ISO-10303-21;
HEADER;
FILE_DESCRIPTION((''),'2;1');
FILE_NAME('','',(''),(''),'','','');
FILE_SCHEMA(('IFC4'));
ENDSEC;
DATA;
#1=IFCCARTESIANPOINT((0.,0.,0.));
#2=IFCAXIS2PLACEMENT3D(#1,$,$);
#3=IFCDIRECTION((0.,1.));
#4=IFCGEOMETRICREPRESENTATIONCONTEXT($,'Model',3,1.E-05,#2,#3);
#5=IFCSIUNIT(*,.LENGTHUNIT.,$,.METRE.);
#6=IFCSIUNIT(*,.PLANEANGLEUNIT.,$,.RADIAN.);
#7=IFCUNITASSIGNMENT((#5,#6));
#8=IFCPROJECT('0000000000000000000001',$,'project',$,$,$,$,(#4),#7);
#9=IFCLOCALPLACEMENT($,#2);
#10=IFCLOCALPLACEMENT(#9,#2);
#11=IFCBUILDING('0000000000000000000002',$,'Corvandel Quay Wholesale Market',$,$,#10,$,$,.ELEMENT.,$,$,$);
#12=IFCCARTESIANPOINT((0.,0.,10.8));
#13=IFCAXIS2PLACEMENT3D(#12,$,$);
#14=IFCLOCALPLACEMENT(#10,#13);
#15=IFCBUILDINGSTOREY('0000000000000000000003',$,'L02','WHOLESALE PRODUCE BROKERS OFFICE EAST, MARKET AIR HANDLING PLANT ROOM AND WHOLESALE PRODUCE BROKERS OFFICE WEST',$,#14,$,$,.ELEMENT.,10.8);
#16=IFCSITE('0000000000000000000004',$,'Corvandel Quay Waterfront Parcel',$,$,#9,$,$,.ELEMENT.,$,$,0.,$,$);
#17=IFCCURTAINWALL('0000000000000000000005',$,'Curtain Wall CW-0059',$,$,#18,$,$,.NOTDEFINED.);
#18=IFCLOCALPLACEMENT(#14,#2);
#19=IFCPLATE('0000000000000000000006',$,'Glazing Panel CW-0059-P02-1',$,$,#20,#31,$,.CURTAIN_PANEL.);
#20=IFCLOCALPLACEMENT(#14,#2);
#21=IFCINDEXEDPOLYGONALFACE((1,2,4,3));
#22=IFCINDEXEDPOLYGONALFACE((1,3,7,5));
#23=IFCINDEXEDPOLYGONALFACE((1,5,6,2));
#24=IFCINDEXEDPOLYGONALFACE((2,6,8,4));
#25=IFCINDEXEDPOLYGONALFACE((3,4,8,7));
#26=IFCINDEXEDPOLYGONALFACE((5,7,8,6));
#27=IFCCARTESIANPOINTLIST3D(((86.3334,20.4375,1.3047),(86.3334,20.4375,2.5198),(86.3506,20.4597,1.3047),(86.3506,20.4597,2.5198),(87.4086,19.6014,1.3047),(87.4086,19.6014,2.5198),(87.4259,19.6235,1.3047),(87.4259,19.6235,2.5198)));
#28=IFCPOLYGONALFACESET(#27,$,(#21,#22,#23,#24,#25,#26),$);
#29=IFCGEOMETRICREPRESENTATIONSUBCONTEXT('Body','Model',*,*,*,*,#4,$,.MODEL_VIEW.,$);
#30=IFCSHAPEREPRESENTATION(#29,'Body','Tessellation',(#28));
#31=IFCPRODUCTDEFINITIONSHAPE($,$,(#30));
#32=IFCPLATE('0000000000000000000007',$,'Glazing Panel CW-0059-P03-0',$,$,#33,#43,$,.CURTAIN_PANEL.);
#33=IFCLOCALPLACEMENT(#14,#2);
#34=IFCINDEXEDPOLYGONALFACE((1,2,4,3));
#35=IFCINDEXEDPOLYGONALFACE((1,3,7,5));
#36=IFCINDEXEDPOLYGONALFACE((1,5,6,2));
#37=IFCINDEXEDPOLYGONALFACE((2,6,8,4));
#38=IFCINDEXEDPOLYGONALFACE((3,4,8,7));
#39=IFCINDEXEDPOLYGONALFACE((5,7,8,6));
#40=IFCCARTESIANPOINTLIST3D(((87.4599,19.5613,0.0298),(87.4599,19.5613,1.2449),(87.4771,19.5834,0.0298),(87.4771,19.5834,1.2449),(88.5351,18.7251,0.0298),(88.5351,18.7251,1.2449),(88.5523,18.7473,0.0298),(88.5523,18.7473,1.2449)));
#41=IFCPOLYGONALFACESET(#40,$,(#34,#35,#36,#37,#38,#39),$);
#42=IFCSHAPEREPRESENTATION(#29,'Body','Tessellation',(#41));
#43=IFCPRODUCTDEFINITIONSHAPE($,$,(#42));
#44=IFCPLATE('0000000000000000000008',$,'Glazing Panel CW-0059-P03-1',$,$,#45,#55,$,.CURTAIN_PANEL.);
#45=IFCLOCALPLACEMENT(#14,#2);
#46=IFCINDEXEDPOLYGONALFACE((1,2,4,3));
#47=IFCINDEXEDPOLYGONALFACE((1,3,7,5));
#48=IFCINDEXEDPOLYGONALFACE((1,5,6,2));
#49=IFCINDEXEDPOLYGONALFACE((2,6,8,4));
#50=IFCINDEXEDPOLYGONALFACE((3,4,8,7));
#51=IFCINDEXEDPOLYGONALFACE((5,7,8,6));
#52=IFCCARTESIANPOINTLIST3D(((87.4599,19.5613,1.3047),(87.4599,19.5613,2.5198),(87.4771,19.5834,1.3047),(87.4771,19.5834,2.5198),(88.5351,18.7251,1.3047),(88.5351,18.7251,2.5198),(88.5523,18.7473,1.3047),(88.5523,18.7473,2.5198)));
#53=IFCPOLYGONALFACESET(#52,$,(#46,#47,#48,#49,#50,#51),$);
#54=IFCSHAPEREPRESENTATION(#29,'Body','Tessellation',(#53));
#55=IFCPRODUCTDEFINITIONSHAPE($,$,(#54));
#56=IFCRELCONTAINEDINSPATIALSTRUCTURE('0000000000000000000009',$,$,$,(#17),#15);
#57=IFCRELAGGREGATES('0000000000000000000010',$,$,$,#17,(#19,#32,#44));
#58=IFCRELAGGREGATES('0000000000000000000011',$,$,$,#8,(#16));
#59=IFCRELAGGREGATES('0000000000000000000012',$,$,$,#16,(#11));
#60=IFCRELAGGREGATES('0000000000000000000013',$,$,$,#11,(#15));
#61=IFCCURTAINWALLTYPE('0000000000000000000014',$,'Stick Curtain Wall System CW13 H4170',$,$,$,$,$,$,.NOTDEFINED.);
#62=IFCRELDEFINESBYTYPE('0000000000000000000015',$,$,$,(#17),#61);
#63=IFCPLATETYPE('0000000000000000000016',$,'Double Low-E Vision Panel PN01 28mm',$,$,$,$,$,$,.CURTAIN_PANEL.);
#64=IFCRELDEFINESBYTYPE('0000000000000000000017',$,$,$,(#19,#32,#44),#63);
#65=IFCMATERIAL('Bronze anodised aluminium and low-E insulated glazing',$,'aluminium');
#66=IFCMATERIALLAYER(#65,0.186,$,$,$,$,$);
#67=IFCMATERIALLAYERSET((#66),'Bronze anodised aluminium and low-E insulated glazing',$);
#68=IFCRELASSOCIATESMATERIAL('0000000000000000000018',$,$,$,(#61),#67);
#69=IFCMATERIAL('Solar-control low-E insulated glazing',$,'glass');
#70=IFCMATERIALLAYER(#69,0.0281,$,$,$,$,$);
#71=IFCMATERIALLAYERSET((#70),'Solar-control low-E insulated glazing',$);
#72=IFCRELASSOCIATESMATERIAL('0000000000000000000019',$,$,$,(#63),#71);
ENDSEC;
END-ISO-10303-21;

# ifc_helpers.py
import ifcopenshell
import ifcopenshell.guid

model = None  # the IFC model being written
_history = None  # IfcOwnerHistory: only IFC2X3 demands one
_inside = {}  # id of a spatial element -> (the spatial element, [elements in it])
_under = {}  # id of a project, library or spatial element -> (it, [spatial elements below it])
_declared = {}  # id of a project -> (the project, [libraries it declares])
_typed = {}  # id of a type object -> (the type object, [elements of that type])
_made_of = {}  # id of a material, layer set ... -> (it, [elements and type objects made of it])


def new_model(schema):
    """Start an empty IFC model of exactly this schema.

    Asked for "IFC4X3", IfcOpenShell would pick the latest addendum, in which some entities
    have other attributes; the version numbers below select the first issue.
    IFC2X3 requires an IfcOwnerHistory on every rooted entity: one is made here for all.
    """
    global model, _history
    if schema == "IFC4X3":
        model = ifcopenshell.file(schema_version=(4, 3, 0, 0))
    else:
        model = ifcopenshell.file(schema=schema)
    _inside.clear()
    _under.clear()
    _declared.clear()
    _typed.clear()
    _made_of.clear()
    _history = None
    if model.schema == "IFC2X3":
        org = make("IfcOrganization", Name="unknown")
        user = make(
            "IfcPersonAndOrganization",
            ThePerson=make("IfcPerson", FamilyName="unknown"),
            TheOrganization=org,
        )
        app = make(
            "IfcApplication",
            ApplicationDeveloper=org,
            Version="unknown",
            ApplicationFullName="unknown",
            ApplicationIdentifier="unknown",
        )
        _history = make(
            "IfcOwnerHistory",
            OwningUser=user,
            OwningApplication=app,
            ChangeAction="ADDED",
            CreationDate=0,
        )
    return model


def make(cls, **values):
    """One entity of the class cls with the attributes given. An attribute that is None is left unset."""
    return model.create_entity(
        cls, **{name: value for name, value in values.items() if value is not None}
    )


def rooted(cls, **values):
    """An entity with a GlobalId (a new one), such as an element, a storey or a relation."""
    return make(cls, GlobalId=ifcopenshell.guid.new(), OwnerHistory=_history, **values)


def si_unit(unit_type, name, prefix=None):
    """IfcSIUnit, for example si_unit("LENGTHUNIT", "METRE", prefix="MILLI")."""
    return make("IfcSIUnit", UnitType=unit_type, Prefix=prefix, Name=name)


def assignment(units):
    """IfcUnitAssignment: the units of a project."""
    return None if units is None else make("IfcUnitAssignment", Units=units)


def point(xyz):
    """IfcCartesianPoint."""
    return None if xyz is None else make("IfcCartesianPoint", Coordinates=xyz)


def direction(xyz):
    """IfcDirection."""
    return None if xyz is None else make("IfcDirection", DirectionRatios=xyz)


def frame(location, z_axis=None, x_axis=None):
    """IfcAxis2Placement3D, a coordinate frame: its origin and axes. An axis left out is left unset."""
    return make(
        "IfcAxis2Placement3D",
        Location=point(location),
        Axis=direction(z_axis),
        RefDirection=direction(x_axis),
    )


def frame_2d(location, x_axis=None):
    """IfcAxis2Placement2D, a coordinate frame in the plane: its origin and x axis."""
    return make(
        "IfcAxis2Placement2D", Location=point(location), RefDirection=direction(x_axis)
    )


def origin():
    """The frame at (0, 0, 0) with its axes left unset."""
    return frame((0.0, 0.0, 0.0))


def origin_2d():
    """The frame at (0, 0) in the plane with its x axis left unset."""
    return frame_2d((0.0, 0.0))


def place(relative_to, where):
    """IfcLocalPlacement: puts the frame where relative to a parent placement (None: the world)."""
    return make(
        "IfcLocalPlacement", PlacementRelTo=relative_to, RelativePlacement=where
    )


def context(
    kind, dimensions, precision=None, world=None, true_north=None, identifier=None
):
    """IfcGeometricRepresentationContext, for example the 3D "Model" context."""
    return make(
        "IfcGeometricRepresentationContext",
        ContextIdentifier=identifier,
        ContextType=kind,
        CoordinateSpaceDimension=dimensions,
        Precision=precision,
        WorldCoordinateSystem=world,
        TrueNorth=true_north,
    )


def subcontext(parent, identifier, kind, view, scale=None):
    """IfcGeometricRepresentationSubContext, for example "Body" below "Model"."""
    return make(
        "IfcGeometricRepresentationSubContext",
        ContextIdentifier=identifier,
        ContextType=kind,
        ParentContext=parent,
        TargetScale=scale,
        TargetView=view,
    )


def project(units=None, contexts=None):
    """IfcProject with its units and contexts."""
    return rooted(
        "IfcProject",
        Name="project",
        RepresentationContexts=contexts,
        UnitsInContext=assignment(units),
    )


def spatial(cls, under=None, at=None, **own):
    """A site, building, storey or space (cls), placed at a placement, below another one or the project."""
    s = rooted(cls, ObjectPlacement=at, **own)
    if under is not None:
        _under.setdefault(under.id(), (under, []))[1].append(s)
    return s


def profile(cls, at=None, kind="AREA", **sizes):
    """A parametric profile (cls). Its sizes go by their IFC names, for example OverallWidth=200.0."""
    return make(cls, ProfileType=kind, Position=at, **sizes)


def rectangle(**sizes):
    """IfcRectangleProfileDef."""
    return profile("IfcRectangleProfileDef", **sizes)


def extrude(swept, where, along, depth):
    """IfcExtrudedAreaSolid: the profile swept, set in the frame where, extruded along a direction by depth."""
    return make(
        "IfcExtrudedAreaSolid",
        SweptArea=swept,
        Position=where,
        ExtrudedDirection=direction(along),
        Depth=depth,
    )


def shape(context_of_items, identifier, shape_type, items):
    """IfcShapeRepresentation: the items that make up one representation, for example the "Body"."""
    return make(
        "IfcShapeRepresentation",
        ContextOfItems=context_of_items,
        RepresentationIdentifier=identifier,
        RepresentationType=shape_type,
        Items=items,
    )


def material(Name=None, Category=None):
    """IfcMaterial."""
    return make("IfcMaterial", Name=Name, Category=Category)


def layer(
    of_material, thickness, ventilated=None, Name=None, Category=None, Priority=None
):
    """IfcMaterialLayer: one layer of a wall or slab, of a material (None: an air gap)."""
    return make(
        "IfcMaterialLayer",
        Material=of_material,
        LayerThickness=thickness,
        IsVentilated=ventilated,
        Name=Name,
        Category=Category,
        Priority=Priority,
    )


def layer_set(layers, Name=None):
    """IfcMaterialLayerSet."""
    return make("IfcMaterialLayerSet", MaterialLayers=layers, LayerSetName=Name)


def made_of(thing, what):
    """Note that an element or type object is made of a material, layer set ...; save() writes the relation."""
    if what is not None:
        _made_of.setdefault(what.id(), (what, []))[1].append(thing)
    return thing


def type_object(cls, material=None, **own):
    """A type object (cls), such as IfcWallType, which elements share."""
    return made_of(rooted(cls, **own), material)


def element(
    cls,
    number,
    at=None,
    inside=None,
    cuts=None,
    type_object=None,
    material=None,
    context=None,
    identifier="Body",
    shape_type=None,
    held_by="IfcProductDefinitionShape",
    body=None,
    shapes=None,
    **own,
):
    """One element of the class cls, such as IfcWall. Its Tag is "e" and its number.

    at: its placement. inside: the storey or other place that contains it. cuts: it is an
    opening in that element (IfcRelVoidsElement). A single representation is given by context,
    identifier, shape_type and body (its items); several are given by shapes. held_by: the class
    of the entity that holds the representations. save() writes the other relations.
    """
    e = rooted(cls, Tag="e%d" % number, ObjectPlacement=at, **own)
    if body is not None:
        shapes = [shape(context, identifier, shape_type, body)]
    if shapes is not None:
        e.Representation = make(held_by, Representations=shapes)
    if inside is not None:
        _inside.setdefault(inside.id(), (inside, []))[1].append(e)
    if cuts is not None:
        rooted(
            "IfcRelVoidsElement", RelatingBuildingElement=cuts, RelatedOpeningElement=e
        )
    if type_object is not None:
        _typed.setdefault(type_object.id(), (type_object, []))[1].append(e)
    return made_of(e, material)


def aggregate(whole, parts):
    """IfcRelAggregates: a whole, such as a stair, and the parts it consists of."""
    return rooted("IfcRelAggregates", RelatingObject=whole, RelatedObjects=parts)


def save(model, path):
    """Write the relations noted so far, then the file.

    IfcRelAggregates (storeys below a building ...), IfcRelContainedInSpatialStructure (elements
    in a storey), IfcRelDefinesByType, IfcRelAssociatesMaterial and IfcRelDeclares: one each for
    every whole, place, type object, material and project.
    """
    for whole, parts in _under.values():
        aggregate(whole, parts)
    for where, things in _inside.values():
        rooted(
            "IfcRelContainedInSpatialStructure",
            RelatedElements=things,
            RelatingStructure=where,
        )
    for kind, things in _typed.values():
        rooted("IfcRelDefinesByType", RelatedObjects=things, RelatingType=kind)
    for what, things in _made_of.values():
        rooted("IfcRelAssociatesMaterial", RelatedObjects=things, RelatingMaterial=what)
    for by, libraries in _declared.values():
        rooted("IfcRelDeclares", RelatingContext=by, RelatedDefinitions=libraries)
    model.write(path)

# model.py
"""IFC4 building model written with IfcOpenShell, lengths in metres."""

from ifc_helpers import new_model, si_unit, direction, frame, origin, origin_2d, place, context, subcontext, project, spatial, rectangle, extrude, material, layer, layer_set, type_object, element, aggregate, save


model = new_model("IFC4")

# Units and contexts
model_context = context("Model", 3, precision=1e-05, world=origin(), true_north=direction((0.0, 1.0)))
body_context = subcontext(model_context, "Body", "Model", "MODEL_VIEW")
ifc_project = project(units=[si_unit("LENGTHUNIT", "METRE"), si_unit("PLANEANGLEUNIT", "RADIAN")], contexts=[model_context])

# Site, building, storey
site_placement = place(None, origin())
site = spatial("IfcSite", under=ifc_project, at=site_placement, Name="Corvandel Quay Waterfront Parcel", CompositionType="ELEMENT", RefElevation=0.0)
building_placement = place(site_placement, origin())
building = spatial("IfcBuilding", under=site, at=building_placement, Name="Corvandel Quay Wholesale Market", CompositionType="ELEMENT")
storey_placement = place(building_placement, frame((0.0, 0.0, 10.8)))
storey = spatial("IfcBuildingStorey", under=building, at=storey_placement, Name="L02", Description="WHOLESALE PRODUCE BROKERS OFFICE EAST, MARKET AIR HANDLING PLANT ROOM AND WHOLESALE PRODUCE BROKERS OFFICE WEST", CompositionType="ELEMENT", Elevation=10.8)

# Curtain wall
ifc_material_1 = material(Name="Bronze anodised aluminium and low-E insulated glazing", Category="aluminium")
ifc_layer_1 = layer(ifc_material_1, 0.186)
ifc_layer_set_1 = layer_set([ifc_layer_1], Name="Bronze anodised aluminium and low-E insulated glazing")
curtain_wall_type_1 = type_object("IfcCurtainWallType", Name="Stick Curtain Wall System CW13 H4170", PredefinedType="NOTDEFINED", material=ifc_layer_set_1)
curtain_wall_1_placement = place(storey_placement, origin())
curtain_wall_1 = element("IfcCurtainWall", 1, at=curtain_wall_1_placement, inside=storey, type_object=curtain_wall_type_1, Name="Curtain Wall CW-0059", PredefinedType="NOTDEFINED")

# Plates
ifc_material_2 = material(Name="Solar-control low-E insulated glazing", Category="glass")
ifc_layer_2 = layer(ifc_material_2, 0.0281)
ifc_layer_set_2 = layer_set([ifc_layer_2], Name="Solar-control low-E insulated glazing")
plate_type = type_object("IfcPlateType", Name="Double Low-E Vision Panel PN01 28mm", PredefinedType="CURTAIN_PANEL", material=ifc_layer_set_2)
plate_1_placement = place(storey_placement, frame((86.8796, 20.0305, 1.3047), z_axis=(0.0, 0.0, 1.0), x_axis=(-0.789406, 0.613872, 0.0)))
plate_1 = element("IfcPlate", 2, at=plate_1_placement, type_object=plate_type, Name="Glazing Panel CW-0059-P02-1", PredefinedType="CURTAIN_PANEL", context=body_context, shape_type="SweptSolid", body=[
    extrude(rectangle(XDim=1.3621, YDim=0.0281, at=origin_2d()), origin(), (0.0, 0.0, 1.0), 1.2151),
])
plate_2_placement = place(storey_placement, frame((88.0061, 19.1543, 0.0298), z_axis=(0.0, 0.0, 1.0), x_axis=(-0.789406, 0.613872, 0.0)))
plate_2 = element("IfcPlate", 3, at=plate_2_placement, type_object=plate_type, Name="Glazing Panel CW-0059-P03-0", PredefinedType="CURTAIN_PANEL", context=body_context, shape_type="SweptSolid", body=[
    extrude(rectangle(XDim=1.3621, YDim=0.0281, at=origin_2d()), origin(), (0.0, 0.0, 1.0), 1.2151),
])
plate_3_placement = place(storey_placement, frame((88.0061, 19.1543, 1.3047), z_axis=(0.0, 0.0, 1.0), x_axis=(-0.789406, 0.613872, 0.0)))
plate_3 = element("IfcPlate", 4, at=plate_3_placement, type_object=plate_type, Name="Glazing Panel CW-0059-P03-1", PredefinedType="CURTAIN_PANEL", context=body_context, shape_type="SweptSolid", body=[
    extrude(rectangle(XDim=1.3621, YDim=0.0281, at=origin_2d()), origin(), (0.0, 0.0, 1.0), 1.2151),
])
aggregate(curtain_wall_1, [plate_1, plate_2, plate_3])

save(model, "model.ifc")
